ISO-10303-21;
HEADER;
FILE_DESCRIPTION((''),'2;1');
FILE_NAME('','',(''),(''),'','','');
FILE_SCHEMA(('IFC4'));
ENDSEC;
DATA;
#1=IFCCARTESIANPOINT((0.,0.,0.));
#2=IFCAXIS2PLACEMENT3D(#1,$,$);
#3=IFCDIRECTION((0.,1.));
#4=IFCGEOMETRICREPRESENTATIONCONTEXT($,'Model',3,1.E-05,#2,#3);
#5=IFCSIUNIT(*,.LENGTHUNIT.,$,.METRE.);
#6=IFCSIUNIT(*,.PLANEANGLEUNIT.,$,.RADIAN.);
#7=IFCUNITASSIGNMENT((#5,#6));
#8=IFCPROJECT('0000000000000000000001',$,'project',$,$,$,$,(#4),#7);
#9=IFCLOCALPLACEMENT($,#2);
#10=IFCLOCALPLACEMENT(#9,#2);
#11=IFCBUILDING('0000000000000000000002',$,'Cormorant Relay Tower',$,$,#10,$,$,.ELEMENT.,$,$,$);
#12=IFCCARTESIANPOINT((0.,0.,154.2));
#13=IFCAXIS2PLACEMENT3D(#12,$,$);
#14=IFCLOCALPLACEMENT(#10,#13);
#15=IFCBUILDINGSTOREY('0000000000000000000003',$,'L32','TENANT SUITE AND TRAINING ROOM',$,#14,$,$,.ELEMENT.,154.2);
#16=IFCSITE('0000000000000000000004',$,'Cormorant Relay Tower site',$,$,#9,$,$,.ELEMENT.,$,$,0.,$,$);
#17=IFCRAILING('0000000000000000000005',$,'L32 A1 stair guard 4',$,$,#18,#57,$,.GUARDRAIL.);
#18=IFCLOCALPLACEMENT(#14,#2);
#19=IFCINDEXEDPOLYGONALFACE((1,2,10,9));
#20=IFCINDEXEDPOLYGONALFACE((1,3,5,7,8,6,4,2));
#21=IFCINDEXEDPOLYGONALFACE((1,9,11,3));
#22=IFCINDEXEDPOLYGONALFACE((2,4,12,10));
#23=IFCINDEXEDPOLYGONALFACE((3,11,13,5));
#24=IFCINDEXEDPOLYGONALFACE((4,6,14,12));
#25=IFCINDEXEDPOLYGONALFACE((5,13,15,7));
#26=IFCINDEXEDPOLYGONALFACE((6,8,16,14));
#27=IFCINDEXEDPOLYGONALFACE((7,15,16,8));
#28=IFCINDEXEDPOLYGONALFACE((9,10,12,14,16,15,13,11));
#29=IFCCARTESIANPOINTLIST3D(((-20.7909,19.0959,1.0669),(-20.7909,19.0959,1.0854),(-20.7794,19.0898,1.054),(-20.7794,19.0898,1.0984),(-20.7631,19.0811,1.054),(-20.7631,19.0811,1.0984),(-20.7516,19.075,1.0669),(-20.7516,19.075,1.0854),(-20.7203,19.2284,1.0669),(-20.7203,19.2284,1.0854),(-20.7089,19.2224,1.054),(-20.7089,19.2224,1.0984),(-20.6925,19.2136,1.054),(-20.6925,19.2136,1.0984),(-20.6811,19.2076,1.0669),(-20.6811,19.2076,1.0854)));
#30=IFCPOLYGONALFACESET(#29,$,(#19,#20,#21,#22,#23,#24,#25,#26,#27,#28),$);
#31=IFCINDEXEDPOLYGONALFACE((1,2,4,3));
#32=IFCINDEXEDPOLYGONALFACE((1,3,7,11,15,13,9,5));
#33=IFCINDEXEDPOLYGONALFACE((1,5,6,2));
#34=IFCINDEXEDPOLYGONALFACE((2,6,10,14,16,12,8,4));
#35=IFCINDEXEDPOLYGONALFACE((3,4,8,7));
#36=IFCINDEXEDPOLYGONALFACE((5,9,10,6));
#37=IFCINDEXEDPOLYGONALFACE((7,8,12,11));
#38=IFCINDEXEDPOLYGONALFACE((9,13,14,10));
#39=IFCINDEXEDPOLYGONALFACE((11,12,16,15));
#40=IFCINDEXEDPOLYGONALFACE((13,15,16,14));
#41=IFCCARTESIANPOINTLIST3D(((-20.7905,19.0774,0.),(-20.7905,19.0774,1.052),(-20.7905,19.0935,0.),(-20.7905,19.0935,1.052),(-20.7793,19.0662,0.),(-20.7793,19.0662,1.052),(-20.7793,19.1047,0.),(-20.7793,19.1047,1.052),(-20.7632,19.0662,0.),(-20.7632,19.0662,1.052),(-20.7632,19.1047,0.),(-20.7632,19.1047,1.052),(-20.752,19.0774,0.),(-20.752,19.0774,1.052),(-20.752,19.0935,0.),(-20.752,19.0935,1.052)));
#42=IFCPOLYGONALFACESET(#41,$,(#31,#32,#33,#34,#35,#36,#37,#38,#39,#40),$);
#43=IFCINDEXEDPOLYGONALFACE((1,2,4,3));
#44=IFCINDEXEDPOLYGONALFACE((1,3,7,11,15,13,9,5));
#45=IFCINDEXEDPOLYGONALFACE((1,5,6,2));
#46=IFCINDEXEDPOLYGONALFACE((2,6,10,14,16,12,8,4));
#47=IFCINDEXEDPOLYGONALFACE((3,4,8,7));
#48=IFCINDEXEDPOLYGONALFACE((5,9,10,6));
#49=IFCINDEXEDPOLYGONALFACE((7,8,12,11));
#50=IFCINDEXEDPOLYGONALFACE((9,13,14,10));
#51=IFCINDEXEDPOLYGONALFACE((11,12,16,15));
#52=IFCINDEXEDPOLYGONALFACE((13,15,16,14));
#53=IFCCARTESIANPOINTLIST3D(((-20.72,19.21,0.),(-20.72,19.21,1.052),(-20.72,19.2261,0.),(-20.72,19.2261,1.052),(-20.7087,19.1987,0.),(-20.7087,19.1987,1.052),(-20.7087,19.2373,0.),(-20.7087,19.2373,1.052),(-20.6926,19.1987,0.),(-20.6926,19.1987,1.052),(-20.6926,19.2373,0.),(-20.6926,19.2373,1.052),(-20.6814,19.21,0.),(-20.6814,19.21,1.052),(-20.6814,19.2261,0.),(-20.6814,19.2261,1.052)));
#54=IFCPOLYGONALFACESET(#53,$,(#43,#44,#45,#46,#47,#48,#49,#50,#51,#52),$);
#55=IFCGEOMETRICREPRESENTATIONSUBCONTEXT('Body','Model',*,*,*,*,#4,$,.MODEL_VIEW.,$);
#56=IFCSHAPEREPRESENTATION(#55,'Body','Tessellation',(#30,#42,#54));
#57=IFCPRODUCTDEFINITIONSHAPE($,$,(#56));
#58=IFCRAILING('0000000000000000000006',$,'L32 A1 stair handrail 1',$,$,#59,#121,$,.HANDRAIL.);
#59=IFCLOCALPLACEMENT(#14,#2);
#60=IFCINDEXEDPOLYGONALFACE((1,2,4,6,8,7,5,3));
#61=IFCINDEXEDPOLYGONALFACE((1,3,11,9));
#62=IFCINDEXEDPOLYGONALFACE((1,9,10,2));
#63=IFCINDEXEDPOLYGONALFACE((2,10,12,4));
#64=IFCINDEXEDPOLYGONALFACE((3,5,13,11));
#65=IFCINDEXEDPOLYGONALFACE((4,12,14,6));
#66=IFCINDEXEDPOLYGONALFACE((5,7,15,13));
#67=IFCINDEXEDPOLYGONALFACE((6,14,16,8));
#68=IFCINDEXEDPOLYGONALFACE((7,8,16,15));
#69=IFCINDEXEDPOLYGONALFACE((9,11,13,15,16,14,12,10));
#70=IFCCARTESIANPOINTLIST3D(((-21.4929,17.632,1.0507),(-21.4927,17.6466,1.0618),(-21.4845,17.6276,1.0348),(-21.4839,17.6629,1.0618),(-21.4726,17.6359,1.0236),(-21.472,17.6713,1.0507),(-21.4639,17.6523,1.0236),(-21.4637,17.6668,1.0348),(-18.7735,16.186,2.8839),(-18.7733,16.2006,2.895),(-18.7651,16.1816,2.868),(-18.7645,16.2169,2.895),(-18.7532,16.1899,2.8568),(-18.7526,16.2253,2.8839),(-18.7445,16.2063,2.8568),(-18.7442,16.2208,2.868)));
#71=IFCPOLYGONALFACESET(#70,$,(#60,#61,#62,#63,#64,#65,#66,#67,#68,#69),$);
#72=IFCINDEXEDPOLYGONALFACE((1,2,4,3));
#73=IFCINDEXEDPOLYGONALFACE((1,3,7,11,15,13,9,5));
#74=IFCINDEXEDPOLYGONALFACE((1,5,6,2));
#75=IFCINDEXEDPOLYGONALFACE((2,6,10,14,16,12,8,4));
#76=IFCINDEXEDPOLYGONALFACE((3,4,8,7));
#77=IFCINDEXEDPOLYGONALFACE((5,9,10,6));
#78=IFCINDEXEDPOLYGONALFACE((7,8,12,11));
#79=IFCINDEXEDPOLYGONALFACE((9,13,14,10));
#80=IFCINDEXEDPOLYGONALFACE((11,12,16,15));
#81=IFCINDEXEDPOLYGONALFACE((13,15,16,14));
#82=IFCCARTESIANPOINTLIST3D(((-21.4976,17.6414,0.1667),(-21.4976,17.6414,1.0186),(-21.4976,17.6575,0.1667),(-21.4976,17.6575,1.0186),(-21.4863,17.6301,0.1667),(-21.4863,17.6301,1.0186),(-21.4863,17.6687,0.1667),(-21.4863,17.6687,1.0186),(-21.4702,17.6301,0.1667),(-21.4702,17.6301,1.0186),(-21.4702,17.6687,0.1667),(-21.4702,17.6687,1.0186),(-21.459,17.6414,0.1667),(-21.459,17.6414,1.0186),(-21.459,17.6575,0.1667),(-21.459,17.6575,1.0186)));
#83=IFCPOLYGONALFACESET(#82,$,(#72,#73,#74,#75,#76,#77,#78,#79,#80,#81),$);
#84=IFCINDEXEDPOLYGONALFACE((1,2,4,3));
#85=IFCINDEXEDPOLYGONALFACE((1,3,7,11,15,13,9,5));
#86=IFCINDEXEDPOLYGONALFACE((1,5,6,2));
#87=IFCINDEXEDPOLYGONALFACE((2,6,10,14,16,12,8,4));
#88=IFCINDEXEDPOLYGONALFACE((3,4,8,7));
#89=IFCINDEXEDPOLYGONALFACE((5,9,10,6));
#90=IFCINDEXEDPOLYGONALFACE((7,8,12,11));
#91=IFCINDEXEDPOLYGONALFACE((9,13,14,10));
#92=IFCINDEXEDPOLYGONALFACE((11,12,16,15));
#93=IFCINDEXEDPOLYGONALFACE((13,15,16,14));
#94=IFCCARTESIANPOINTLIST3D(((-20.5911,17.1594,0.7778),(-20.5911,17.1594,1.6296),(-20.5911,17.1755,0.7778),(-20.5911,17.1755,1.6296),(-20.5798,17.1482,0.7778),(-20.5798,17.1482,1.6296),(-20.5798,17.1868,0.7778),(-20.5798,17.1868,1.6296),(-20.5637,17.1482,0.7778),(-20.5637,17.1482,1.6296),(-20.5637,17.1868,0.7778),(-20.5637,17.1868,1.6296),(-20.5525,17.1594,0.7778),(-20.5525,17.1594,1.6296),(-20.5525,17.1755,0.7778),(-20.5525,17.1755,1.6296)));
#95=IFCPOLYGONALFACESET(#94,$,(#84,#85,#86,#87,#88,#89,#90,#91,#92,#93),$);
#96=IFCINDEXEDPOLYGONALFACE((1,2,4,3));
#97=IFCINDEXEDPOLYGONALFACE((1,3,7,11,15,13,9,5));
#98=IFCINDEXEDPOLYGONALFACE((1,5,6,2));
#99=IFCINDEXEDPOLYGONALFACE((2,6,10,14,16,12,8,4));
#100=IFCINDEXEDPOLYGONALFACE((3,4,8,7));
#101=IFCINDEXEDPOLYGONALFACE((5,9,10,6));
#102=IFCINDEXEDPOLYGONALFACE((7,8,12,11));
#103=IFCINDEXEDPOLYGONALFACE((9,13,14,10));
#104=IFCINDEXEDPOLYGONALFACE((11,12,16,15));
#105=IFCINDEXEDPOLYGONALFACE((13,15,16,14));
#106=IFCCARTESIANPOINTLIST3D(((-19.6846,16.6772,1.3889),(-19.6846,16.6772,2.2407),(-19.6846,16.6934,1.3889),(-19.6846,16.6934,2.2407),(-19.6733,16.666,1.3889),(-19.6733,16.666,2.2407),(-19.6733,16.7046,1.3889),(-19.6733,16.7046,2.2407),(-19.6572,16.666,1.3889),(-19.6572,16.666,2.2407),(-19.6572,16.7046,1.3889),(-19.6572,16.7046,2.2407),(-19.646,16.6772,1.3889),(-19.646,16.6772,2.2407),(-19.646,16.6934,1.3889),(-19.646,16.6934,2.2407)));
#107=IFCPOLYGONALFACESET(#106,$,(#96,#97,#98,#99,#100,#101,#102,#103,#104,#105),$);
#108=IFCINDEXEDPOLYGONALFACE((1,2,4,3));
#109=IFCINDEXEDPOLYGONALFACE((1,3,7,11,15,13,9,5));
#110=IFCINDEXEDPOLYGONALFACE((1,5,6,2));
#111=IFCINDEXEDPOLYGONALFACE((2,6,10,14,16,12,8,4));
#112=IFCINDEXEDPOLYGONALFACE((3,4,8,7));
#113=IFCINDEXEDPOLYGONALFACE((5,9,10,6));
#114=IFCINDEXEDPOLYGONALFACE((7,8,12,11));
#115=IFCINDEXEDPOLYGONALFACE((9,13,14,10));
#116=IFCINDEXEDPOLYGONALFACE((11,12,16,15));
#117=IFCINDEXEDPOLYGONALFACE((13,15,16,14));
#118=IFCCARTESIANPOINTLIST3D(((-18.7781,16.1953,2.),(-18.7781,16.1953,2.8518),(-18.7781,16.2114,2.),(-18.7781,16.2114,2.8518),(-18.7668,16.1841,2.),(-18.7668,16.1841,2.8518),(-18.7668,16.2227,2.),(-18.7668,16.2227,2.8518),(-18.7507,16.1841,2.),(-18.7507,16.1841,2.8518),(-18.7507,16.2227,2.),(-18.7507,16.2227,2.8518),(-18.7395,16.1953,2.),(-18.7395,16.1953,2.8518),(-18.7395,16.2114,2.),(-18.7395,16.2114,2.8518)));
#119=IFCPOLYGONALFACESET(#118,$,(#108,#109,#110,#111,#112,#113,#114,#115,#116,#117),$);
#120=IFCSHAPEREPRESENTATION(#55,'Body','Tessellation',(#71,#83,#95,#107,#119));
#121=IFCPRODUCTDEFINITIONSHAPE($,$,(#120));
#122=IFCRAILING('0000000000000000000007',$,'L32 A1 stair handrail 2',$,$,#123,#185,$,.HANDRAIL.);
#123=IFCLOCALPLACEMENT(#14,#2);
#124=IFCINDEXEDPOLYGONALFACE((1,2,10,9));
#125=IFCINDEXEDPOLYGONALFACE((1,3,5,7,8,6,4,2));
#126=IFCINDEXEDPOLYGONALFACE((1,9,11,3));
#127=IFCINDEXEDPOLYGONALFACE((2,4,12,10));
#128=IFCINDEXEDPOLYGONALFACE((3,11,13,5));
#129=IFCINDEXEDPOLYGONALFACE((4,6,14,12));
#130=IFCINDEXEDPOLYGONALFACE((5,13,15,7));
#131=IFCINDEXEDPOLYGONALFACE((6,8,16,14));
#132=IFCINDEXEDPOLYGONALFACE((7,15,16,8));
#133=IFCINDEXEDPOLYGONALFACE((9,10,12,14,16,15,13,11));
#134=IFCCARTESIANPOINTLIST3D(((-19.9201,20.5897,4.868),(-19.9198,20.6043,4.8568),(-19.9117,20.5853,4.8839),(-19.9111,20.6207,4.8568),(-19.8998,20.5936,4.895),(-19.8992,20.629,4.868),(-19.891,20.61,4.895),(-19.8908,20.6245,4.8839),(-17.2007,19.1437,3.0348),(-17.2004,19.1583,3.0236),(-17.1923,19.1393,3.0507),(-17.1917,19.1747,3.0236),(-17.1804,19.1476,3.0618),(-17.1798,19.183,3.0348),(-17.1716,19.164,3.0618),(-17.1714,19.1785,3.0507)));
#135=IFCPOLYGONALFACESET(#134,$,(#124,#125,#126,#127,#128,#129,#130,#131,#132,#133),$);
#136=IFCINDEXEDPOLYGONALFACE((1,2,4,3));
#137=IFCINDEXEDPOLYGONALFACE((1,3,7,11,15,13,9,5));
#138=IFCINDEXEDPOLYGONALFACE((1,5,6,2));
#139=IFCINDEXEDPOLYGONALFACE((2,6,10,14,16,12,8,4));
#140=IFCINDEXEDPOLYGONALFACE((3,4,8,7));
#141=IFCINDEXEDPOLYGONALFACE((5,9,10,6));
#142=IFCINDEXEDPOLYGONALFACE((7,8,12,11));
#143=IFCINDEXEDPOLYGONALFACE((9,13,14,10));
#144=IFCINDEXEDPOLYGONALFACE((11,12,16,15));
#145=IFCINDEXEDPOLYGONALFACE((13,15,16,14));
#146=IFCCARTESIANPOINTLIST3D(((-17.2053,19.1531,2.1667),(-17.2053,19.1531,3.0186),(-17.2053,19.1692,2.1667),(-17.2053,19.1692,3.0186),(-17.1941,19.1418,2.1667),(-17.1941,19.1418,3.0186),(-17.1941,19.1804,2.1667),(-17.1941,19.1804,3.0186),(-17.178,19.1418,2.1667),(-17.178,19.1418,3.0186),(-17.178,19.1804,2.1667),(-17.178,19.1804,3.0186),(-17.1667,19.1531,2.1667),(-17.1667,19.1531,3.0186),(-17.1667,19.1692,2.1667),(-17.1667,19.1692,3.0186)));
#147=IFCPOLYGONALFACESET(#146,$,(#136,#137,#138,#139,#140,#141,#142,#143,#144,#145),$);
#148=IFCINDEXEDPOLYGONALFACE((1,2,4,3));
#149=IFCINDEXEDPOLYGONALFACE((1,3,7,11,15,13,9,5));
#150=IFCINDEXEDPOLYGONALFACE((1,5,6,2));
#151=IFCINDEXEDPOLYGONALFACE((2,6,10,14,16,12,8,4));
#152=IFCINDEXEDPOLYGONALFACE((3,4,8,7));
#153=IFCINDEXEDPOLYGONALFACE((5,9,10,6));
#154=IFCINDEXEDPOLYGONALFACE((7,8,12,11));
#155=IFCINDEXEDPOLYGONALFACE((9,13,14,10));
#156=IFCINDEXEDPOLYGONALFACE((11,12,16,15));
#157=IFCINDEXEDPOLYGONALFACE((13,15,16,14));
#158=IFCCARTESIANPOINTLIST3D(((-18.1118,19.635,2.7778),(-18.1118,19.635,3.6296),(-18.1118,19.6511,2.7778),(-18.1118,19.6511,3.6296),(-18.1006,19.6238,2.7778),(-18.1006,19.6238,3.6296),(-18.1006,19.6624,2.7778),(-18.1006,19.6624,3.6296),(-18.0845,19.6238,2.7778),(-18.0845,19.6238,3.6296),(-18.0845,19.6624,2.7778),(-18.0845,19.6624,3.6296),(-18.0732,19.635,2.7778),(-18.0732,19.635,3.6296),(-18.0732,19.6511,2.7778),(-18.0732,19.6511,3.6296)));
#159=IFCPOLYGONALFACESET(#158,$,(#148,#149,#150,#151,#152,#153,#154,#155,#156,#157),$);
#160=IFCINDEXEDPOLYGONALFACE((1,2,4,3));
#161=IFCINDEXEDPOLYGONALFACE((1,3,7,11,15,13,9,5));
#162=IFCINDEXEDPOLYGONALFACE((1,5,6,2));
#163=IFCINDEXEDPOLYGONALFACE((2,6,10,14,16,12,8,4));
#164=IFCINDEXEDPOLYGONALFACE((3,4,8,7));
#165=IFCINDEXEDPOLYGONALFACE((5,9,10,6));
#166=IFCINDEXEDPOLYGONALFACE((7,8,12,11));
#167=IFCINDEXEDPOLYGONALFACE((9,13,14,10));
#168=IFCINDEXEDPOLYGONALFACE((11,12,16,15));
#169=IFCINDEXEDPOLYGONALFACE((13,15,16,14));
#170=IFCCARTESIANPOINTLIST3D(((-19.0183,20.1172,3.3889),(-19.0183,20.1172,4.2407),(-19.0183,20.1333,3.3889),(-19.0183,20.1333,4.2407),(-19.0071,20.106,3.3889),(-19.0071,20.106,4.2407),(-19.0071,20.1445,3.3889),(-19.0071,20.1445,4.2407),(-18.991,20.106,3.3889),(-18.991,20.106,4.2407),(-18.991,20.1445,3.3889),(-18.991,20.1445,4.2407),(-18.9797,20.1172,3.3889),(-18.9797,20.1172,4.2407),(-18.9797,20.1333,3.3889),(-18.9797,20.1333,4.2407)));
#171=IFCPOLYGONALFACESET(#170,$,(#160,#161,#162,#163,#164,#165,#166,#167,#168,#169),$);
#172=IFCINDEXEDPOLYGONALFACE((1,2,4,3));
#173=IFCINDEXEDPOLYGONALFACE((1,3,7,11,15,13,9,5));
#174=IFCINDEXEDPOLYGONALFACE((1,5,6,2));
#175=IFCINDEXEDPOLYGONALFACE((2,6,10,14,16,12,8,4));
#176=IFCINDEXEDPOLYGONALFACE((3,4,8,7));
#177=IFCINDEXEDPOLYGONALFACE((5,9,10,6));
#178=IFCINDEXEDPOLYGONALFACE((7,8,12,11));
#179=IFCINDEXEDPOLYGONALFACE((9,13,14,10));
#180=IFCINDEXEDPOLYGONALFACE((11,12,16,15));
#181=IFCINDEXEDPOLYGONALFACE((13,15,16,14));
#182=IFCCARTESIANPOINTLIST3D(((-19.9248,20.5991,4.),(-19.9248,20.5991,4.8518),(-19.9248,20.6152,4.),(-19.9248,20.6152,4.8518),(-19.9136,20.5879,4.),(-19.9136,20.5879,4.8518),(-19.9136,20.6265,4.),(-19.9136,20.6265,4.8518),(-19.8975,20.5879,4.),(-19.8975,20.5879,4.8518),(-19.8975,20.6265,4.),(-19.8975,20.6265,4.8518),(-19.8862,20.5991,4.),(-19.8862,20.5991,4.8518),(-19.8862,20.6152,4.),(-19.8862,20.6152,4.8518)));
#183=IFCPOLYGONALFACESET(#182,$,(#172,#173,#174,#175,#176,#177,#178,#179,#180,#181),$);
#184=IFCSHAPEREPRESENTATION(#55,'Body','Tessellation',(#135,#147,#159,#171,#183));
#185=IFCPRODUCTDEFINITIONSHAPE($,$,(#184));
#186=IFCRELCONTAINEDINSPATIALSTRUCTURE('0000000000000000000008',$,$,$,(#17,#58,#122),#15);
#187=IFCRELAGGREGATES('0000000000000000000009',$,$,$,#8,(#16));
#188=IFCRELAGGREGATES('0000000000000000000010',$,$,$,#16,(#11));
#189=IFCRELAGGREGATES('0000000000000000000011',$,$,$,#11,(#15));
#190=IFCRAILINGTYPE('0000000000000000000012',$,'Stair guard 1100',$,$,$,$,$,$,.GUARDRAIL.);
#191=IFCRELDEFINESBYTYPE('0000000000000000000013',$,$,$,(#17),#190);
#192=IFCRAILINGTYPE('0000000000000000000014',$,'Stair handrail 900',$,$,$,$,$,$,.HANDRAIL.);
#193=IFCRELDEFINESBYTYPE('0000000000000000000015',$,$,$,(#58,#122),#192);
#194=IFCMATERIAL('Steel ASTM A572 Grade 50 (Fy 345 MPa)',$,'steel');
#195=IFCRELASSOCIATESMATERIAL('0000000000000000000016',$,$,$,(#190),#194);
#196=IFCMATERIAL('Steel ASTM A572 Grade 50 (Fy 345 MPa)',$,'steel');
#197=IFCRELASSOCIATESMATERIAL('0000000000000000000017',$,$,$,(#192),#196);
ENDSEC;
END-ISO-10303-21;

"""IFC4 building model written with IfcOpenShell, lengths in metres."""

from ifc_helpers import new_model, si_unit, direction, frame, origin, place, context, subcontext, project, spatial, polyline, outline, extrude, material, type_object, element, save


model = new_model("IFC4")

# Units and contexts
model_context = context("Model", 3, precision=1e-05, world=origin(), true_north=direction((0.0, 1.0)))
body_context = subcontext(model_context, "Body", "Model", "MODEL_VIEW")
ifc_project = project(units=[si_unit("LENGTHUNIT", "METRE"), si_unit("PLANEANGLEUNIT", "RADIAN")], contexts=[model_context])

# Site, building, storey
site_placement = place(None, origin())
site = spatial("IfcSite", under=ifc_project, at=site_placement, Name="Cormorant Relay Tower site", CompositionType="ELEMENT", RefElevation=0.0)
building_placement = place(site_placement, origin())
building = spatial("IfcBuilding", under=site, at=building_placement, Name="Cormorant Relay Tower", CompositionType="ELEMENT")
storey_placement = place(building_placement, frame((0.0, 0.0, 154.2)))
storey = spatial("IfcBuildingStorey", under=building, at=storey_placement, Name="L32", Description="TENANT SUITE AND TRAINING ROOM", CompositionType="ELEMENT", Elevation=154.2)

# Railings
ifc_material_1 = material(Name="Steel ASTM A572 Grade 50 (Fy 345 MPa)", Category="steel")
railing_type_1 = type_object("IfcRailingType", Name="Stair guard 1100", PredefinedType="GUARDRAIL", material=ifc_material_1)
railing_1_placement = place(storey_placement, frame((-20.7712, 19.0854, 0.0)))
element("IfcRailing", 1, at=railing_1_placement, inside=storey, type_object=railing_type_1, Name="L32 A1 stair guard 4", PredefinedType="GUARDRAIL", context=body_context, shape_type="SweptSolid", body=[
    extrude(outline(polyline([(0.0222, 0.0093), (0.0093, 0.0222), (-0.0093, 0.0222), (-0.0222, 0.0093), (-0.0222, -0.0093), (-0.0093, -0.0222), (0.0093, -0.0222), (0.0222, -0.0093), (0.0222, 0.0093)])), frame((0.0, 0.0, 1.0762), z_axis=(0.469829, 0.882758, 0.0), x_axis=(-0.882758, 0.469829, 0.0)), (0.0, 0.0, 1.0), 0.1501),
    extrude(outline(polyline([(0.0193, 0.0081), (0.0081, 0.0193), (-0.0081, 0.0193), (-0.0193, 0.0081), (-0.0193, -0.0081), (-0.0081, -0.0193), (0.0081, -0.0193), (0.0193, -0.0081), (0.0193, 0.0081)])), origin(), (0.0, 0.0, 1.0), 1.052),
    extrude(outline(polyline([(0.0193, 0.0081), (0.0081, 0.0193), (-0.0081, 0.0193), (-0.0193, 0.0081), (-0.0193, -0.0081), (-0.0081, -0.0193), (0.0081, -0.0193), (0.0193, -0.0081), (0.0193, 0.0081)])), frame((0.0706, 0.1326, 0.0)), (0.0, 0.0, 1.0), 1.052),
])
ifc_material_2 = material(Name="Steel ASTM A572 Grade 50 (Fy 345 MPa)", Category="steel")
railing_type_2 = type_object("IfcRailingType", Name="Stair handrail 900", PredefinedType="HANDRAIL", material=ifc_material_2)
railing_2_placement = place(storey_placement, frame((-21.4783, 17.6494, 0.1667)))
element("IfcRailing", 2, at=railing_2_placement, inside=storey, type_object=railing_type_2, Name="L32 A1 stair handrail 1", PredefinedType="HANDRAIL", context=body_context, shape_type="SweptSolid", body=[
    extrude(outline(polyline([(0.0222, 0.0093), (0.0093, 0.0222), (-0.0093, 0.0222), (-0.0222, 0.0093), (-0.0222, -0.0093), (-0.0093, -0.0222), (0.0093, -0.0222), (0.0222, -0.0093), (0.0222, 0.0093)])), frame((0.0, 0.0, 0.876), z_axis=(0.758714, -0.403435, 0.511463), x_axis=(0.469489, 0.882938, 0.0)), (0.0, 0.0, 1.0), 3.5842),
    extrude(outline(polyline([(0.0193, 0.0081), (0.0081, 0.0193), (-0.0081, 0.0193), (-0.0193, 0.0081), (-0.0193, -0.0081), (-0.0081, -0.0193), (0.0081, -0.0193), (0.0193, -0.0081), (0.0193, 0.0081)])), origin(), (0.0, 0.0, 1.0), 0.8518),
    extrude(outline(polyline([(0.0193, 0.0081), (0.0081, 0.0193), (-0.0081, 0.0193), (-0.0193, 0.0081), (-0.0193, -0.0081), (-0.0081, -0.0193), (0.0081, -0.0193), (0.0193, -0.0081), (0.0193, 0.0081)])), frame((0.9065, -0.4819, 0.6111)), (0.0, 0.0, 1.0), 0.8518),
    extrude(outline(polyline([(0.0193, 0.0081), (0.0081, 0.0193), (-0.0081, 0.0193), (-0.0193, 0.0081), (-0.0193, -0.0081), (-0.0081, -0.0193), (0.0081, -0.0193), (0.0193, -0.0081), (0.0193, 0.0081)])), frame((1.813, -0.9641, 1.2222)), (0.0, 0.0, 1.0), 0.8518),
    extrude(outline(polyline([(0.0193, 0.0081), (0.0081, 0.0193), (-0.0081, 0.0193), (-0.0193, 0.0081), (-0.0193, -0.0081), (-0.0081, -0.0193), (0.0081, -0.0193), (0.0193, -0.0081), (0.0193, 0.0081)])), frame((2.7195, -1.446, 1.8333)), (0.0, 0.0, 1.0), 0.8518),
])
railing_3_placement = place(storey_placement, frame((-17.186, 19.1611, 2.1667)))
element("IfcRailing", 3, at=railing_3_placement, inside=storey, type_object=railing_type_2, Name="L32 A1 stair handrail 2", PredefinedType="HANDRAIL", context=body_context, shape_type="SweptSolid", body=[
    extrude(outline(polyline([(0.0222, 0.0093), (0.0093, 0.0222), (-0.0093, 0.0222), (-0.0222, 0.0093), (-0.0222, -0.0093), (-0.0093, -0.0222), (0.0093, -0.0222), (0.0222, -0.0093), (0.0222, 0.0093)])), frame((0.0, 0.0, 0.876), z_axis=(-0.758714, 0.403435, 0.511463), x_axis=(-0.469489, -0.882938, 0.0)), (0.0, 0.0, 1.0), 3.5842),
    extrude(outline(polyline([(0.0193, 0.0081), (0.0081, 0.0193), (-0.0081, 0.0193), (-0.0193, 0.0081), (-0.0193, -0.0081), (-0.0081, -0.0193), (0.0081, -0.0193), (0.0193, -0.0081), (0.0193, 0.0081)])), origin(), (0.0, 0.0, 1.0), 0.8518),
    extrude(outline(polyline([(0.0193, 0.0081), (0.0081, 0.0193), (-0.0081, 0.0193), (-0.0193, 0.0081), (-0.0193, -0.0081), (-0.0081, -0.0193), (0.0081, -0.0193), (0.0193, -0.0081), (0.0193, 0.0081)])), frame((-0.9065, 0.4819, 0.6111)), (0.0, 0.0, 1.0), 0.8518),
    extrude(outline(polyline([(0.0193, 0.0081), (0.0081, 0.0193), (-0.0081, 0.0193), (-0.0193, 0.0081), (-0.0193, -0.0081), (-0.0081, -0.0193), (0.0081, -0.0193), (0.0193, -0.0081), (0.0193, 0.0081)])), frame((-1.813, 0.9641, 1.2222)), (0.0, 0.0, 1.0), 0.8518),
    extrude(outline(polyline([(0.0193, 0.0081), (0.0081, 0.0193), (-0.0081, 0.0193), (-0.0193, 0.0081), (-0.0193, -0.0081), (-0.0081, -0.0193), (0.0081, -0.0193), (0.0193, -0.0081), (0.0193, 0.0081)])), frame((-2.7195, 1.446, 1.8333)), (0.0, 0.0, 1.0), 0.8518),
])

save(model, "model.ifc")
